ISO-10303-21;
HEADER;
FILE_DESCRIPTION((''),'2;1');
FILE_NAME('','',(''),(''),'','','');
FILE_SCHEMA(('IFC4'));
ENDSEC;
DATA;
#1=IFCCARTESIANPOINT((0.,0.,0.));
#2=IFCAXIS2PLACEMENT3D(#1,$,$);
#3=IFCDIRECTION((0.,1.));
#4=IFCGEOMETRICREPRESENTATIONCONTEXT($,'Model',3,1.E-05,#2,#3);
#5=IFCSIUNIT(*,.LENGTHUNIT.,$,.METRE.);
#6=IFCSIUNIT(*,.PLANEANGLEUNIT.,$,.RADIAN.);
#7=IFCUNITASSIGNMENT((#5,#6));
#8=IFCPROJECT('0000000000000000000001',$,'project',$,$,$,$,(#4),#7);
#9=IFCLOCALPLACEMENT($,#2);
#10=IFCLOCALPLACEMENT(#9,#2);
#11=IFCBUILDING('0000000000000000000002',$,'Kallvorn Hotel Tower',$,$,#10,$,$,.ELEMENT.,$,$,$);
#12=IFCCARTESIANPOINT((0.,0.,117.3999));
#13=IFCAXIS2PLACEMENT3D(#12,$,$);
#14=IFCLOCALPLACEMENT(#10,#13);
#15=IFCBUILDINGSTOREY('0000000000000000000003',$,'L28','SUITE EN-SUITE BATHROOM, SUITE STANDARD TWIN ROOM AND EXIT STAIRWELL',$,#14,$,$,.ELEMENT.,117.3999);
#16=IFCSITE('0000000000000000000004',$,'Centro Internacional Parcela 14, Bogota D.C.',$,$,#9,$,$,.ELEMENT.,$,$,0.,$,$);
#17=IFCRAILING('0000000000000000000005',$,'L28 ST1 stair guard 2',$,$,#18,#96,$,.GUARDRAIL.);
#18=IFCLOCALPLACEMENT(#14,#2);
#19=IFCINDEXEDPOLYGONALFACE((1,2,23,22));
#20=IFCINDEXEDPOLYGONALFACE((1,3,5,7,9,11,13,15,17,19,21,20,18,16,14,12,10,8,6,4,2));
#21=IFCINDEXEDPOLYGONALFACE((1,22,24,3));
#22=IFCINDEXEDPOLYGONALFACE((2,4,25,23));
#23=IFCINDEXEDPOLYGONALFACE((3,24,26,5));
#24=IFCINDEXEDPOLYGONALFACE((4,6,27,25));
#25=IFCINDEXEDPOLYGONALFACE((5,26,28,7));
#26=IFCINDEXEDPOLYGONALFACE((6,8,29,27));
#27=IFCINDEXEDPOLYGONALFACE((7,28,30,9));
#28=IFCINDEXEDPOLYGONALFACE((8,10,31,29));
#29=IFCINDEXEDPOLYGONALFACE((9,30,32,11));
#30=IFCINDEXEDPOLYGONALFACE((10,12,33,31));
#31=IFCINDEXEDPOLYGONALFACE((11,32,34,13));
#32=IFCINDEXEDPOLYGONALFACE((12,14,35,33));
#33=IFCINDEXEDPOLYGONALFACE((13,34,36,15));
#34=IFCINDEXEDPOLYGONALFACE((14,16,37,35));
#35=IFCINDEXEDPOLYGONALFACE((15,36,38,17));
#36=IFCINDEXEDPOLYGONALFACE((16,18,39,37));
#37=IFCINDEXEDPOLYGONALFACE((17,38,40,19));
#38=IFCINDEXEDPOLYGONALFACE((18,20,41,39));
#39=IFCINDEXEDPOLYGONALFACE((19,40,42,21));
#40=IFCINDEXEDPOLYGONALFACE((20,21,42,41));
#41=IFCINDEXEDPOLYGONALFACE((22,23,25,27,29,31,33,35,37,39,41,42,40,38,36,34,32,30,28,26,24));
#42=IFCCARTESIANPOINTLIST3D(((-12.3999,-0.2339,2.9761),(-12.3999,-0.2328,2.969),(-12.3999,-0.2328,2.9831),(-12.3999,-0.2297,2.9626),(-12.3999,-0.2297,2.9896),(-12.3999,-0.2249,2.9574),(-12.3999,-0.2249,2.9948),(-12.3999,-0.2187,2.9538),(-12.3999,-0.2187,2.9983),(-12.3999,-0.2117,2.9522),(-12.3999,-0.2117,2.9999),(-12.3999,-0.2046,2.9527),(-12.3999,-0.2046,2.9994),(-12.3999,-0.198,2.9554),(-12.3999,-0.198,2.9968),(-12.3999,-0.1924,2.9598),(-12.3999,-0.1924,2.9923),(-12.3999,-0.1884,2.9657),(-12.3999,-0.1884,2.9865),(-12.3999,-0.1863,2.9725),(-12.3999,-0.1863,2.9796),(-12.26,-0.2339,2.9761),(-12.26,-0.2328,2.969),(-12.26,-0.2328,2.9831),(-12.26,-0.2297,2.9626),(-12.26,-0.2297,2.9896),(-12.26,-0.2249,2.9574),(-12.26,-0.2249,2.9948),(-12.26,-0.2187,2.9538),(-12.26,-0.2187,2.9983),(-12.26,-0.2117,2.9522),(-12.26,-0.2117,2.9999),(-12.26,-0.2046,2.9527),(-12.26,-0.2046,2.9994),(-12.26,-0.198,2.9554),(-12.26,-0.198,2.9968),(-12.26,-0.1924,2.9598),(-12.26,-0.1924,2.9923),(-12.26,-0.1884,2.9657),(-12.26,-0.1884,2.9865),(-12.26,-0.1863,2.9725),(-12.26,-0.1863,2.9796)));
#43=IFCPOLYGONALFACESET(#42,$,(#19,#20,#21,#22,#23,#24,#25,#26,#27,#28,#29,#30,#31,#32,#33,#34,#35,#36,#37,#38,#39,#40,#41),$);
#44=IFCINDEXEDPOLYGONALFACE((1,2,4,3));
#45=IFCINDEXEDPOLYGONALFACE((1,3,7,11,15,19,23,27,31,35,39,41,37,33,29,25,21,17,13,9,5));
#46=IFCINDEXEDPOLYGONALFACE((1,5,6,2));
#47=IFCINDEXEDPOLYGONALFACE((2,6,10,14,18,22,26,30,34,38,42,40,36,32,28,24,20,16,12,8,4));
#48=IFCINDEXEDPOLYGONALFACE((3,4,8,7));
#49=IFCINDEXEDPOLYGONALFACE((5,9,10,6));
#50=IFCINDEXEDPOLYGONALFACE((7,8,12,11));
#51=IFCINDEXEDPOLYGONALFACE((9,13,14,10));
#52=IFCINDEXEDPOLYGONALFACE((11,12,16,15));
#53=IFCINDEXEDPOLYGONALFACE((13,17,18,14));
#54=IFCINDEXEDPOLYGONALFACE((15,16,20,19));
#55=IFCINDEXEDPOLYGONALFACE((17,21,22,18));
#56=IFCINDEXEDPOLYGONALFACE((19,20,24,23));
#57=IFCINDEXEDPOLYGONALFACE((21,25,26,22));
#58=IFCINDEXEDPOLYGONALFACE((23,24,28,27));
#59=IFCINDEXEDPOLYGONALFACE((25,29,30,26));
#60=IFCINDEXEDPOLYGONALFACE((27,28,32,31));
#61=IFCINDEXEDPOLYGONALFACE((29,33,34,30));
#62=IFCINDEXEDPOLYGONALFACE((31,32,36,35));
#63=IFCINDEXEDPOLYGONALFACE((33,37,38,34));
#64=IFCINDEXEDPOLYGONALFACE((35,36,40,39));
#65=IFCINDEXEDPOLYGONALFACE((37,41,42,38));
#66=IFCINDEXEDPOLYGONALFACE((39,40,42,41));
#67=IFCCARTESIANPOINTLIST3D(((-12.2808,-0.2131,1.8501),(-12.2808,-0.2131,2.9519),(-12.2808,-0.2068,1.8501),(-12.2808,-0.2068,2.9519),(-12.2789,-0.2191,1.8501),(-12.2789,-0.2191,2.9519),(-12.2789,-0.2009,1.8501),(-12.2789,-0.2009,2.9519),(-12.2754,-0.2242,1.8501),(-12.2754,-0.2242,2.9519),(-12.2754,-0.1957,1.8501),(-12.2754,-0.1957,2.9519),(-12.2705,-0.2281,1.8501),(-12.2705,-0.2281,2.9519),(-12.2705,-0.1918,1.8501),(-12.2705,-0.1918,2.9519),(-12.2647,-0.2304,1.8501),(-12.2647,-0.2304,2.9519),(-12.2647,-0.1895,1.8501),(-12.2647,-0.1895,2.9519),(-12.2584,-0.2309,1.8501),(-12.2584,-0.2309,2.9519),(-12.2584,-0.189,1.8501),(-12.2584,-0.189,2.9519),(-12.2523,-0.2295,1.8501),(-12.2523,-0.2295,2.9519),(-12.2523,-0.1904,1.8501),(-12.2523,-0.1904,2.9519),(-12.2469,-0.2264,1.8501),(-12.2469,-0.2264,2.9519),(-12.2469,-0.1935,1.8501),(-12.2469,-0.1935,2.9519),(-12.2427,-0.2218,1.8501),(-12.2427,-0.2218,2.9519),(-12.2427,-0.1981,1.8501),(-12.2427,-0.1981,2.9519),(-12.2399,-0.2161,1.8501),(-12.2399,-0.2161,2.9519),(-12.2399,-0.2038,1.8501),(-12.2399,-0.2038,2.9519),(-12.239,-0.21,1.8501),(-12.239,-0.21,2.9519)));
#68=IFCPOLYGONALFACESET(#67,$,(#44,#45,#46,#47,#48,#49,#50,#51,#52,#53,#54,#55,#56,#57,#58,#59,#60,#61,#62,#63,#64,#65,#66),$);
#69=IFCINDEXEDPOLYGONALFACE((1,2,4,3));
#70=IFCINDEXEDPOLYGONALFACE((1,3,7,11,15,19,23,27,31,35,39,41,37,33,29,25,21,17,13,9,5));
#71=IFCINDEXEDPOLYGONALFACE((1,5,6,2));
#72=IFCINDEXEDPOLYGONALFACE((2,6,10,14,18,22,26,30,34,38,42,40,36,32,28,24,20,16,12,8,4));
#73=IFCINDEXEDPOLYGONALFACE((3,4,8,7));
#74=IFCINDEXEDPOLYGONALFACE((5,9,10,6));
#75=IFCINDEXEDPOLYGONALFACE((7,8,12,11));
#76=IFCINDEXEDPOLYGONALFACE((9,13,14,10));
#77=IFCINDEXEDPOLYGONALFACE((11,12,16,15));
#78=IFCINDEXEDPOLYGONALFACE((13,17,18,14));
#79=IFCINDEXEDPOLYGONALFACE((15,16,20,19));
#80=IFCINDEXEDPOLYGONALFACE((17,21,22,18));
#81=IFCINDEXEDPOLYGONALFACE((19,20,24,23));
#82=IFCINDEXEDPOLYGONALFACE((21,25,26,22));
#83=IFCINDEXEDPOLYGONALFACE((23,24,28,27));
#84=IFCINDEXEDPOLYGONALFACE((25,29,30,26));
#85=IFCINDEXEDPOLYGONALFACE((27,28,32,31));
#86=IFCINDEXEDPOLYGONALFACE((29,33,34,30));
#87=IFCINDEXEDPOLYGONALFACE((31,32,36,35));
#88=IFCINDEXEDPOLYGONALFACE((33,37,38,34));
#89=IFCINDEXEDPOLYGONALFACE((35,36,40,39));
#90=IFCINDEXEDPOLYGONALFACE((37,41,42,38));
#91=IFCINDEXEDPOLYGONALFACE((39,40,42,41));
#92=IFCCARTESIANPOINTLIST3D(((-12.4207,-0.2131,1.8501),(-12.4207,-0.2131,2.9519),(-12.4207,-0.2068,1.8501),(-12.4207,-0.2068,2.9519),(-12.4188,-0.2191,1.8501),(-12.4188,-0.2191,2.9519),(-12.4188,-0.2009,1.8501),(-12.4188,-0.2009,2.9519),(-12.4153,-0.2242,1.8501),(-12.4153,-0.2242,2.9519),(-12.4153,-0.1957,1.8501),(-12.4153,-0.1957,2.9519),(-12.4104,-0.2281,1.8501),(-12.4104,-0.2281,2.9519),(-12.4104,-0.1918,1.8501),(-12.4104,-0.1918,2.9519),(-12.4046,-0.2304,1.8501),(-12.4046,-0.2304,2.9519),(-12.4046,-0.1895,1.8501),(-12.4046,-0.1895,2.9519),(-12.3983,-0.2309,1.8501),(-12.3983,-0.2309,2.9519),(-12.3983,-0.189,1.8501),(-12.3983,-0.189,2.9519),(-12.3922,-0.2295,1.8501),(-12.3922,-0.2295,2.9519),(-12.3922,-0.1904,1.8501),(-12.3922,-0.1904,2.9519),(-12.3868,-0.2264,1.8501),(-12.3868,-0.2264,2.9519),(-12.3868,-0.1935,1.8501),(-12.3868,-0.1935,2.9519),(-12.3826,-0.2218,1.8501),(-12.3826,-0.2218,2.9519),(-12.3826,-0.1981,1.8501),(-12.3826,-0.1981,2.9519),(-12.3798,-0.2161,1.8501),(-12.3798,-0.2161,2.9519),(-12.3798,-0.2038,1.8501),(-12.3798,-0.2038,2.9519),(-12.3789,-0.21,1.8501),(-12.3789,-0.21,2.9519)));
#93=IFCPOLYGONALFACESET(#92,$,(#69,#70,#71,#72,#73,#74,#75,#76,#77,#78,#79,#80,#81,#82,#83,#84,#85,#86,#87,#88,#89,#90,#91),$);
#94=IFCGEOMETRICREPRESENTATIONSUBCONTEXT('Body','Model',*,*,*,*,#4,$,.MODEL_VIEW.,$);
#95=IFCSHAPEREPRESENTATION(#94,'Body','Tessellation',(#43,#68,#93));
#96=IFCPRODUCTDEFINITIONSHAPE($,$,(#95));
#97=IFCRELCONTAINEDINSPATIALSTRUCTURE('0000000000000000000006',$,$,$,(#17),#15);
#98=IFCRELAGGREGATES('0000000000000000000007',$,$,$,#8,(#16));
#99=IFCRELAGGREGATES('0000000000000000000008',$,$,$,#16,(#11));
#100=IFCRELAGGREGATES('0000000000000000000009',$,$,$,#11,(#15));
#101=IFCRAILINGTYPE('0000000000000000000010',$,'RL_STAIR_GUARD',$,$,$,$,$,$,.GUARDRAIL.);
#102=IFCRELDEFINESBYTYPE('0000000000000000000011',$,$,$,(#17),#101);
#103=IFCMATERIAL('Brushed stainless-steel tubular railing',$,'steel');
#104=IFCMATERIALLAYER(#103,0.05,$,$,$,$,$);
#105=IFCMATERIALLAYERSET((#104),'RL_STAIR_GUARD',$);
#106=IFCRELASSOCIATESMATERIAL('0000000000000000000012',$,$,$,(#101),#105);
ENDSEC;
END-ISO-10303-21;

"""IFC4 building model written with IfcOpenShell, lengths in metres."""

from ifc_helpers import new_model, si_unit, direction, frame, origin, origin_2d, place, context, subcontext, project, spatial, circle, extrude, material, layer, layer_set, type_object, element, save


model = new_model("IFC4")

# Units and contexts
model_context = context("Model", 3, precision=1e-05, world=origin(), true_north=direction((0.0, 1.0)))
body_context = subcontext(model_context, "Body", "Model", "MODEL_VIEW")
ifc_project = project(units=[si_unit("LENGTHUNIT", "METRE"), si_unit("PLANEANGLEUNIT", "RADIAN")], contexts=[model_context])

# Site, building, storey
site_placement = place(None, origin())
site = spatial("IfcSite", under=ifc_project, at=site_placement, Name="Centro Internacional Parcela 14, Bogota D.C.", CompositionType="ELEMENT", RefElevation=0.0)
building_placement = place(site_placement, origin())
building = spatial("IfcBuilding", under=site, at=building_placement, Name="Kallvorn Hotel Tower", CompositionType="ELEMENT")
storey_placement = place(building_placement, frame((0.0, 0.0, 117.3999)))
storey = spatial("IfcBuildingStorey", under=building, at=storey_placement, Name="L28", Description="SUITE EN-SUITE BATHROOM, SUITE STANDARD TWIN ROOM AND EXIT STAIRWELL", CompositionType="ELEMENT", Elevation=117.3999)

# Railing
ifc_material_1 = material(Name="Brushed stainless-steel tubular railing", Category="steel")
ifc_layer_1 = layer(ifc_material_1, 0.05)
ifc_layer_set_1 = layer_set([ifc_layer_1], Name="RL_STAIR_GUARD")
railing_type_1 = type_object("IfcRailingType", Name="RL_STAIR_GUARD", PredefinedType="GUARDRAIL", material=ifc_layer_set_1)
railing_1_placement = place(storey_placement, frame((-12.26, -0.21, 1.8501)))
element("IfcRailing", 1, at=railing_1_placement, inside=storey, type_object=railing_type_1, Name="L28 ST1 stair guard 2", PredefinedType="GUARDRAIL", context=body_context, shape_type="SweptSolid", body=[
    extrude(circle(Radius=0.0239, at=origin_2d()), frame((0.0, 0.0, 1.126), z_axis=(-1.0, 0.0, 0.0), x_axis=(0.0, -1.0, 0.0)), (0.0, 0.0, 1.0), 0.1399),
    extrude(circle(Radius=0.021, at=origin_2d()), origin(), (0.0, 0.0, 1.0), 1.1018),
    extrude(circle(Radius=0.021, at=origin_2d()), frame((-0.1399, 0.0, 0.0)), (0.0, 0.0, 1.0), 1.1018),
])

save(model, "model.ifc")
